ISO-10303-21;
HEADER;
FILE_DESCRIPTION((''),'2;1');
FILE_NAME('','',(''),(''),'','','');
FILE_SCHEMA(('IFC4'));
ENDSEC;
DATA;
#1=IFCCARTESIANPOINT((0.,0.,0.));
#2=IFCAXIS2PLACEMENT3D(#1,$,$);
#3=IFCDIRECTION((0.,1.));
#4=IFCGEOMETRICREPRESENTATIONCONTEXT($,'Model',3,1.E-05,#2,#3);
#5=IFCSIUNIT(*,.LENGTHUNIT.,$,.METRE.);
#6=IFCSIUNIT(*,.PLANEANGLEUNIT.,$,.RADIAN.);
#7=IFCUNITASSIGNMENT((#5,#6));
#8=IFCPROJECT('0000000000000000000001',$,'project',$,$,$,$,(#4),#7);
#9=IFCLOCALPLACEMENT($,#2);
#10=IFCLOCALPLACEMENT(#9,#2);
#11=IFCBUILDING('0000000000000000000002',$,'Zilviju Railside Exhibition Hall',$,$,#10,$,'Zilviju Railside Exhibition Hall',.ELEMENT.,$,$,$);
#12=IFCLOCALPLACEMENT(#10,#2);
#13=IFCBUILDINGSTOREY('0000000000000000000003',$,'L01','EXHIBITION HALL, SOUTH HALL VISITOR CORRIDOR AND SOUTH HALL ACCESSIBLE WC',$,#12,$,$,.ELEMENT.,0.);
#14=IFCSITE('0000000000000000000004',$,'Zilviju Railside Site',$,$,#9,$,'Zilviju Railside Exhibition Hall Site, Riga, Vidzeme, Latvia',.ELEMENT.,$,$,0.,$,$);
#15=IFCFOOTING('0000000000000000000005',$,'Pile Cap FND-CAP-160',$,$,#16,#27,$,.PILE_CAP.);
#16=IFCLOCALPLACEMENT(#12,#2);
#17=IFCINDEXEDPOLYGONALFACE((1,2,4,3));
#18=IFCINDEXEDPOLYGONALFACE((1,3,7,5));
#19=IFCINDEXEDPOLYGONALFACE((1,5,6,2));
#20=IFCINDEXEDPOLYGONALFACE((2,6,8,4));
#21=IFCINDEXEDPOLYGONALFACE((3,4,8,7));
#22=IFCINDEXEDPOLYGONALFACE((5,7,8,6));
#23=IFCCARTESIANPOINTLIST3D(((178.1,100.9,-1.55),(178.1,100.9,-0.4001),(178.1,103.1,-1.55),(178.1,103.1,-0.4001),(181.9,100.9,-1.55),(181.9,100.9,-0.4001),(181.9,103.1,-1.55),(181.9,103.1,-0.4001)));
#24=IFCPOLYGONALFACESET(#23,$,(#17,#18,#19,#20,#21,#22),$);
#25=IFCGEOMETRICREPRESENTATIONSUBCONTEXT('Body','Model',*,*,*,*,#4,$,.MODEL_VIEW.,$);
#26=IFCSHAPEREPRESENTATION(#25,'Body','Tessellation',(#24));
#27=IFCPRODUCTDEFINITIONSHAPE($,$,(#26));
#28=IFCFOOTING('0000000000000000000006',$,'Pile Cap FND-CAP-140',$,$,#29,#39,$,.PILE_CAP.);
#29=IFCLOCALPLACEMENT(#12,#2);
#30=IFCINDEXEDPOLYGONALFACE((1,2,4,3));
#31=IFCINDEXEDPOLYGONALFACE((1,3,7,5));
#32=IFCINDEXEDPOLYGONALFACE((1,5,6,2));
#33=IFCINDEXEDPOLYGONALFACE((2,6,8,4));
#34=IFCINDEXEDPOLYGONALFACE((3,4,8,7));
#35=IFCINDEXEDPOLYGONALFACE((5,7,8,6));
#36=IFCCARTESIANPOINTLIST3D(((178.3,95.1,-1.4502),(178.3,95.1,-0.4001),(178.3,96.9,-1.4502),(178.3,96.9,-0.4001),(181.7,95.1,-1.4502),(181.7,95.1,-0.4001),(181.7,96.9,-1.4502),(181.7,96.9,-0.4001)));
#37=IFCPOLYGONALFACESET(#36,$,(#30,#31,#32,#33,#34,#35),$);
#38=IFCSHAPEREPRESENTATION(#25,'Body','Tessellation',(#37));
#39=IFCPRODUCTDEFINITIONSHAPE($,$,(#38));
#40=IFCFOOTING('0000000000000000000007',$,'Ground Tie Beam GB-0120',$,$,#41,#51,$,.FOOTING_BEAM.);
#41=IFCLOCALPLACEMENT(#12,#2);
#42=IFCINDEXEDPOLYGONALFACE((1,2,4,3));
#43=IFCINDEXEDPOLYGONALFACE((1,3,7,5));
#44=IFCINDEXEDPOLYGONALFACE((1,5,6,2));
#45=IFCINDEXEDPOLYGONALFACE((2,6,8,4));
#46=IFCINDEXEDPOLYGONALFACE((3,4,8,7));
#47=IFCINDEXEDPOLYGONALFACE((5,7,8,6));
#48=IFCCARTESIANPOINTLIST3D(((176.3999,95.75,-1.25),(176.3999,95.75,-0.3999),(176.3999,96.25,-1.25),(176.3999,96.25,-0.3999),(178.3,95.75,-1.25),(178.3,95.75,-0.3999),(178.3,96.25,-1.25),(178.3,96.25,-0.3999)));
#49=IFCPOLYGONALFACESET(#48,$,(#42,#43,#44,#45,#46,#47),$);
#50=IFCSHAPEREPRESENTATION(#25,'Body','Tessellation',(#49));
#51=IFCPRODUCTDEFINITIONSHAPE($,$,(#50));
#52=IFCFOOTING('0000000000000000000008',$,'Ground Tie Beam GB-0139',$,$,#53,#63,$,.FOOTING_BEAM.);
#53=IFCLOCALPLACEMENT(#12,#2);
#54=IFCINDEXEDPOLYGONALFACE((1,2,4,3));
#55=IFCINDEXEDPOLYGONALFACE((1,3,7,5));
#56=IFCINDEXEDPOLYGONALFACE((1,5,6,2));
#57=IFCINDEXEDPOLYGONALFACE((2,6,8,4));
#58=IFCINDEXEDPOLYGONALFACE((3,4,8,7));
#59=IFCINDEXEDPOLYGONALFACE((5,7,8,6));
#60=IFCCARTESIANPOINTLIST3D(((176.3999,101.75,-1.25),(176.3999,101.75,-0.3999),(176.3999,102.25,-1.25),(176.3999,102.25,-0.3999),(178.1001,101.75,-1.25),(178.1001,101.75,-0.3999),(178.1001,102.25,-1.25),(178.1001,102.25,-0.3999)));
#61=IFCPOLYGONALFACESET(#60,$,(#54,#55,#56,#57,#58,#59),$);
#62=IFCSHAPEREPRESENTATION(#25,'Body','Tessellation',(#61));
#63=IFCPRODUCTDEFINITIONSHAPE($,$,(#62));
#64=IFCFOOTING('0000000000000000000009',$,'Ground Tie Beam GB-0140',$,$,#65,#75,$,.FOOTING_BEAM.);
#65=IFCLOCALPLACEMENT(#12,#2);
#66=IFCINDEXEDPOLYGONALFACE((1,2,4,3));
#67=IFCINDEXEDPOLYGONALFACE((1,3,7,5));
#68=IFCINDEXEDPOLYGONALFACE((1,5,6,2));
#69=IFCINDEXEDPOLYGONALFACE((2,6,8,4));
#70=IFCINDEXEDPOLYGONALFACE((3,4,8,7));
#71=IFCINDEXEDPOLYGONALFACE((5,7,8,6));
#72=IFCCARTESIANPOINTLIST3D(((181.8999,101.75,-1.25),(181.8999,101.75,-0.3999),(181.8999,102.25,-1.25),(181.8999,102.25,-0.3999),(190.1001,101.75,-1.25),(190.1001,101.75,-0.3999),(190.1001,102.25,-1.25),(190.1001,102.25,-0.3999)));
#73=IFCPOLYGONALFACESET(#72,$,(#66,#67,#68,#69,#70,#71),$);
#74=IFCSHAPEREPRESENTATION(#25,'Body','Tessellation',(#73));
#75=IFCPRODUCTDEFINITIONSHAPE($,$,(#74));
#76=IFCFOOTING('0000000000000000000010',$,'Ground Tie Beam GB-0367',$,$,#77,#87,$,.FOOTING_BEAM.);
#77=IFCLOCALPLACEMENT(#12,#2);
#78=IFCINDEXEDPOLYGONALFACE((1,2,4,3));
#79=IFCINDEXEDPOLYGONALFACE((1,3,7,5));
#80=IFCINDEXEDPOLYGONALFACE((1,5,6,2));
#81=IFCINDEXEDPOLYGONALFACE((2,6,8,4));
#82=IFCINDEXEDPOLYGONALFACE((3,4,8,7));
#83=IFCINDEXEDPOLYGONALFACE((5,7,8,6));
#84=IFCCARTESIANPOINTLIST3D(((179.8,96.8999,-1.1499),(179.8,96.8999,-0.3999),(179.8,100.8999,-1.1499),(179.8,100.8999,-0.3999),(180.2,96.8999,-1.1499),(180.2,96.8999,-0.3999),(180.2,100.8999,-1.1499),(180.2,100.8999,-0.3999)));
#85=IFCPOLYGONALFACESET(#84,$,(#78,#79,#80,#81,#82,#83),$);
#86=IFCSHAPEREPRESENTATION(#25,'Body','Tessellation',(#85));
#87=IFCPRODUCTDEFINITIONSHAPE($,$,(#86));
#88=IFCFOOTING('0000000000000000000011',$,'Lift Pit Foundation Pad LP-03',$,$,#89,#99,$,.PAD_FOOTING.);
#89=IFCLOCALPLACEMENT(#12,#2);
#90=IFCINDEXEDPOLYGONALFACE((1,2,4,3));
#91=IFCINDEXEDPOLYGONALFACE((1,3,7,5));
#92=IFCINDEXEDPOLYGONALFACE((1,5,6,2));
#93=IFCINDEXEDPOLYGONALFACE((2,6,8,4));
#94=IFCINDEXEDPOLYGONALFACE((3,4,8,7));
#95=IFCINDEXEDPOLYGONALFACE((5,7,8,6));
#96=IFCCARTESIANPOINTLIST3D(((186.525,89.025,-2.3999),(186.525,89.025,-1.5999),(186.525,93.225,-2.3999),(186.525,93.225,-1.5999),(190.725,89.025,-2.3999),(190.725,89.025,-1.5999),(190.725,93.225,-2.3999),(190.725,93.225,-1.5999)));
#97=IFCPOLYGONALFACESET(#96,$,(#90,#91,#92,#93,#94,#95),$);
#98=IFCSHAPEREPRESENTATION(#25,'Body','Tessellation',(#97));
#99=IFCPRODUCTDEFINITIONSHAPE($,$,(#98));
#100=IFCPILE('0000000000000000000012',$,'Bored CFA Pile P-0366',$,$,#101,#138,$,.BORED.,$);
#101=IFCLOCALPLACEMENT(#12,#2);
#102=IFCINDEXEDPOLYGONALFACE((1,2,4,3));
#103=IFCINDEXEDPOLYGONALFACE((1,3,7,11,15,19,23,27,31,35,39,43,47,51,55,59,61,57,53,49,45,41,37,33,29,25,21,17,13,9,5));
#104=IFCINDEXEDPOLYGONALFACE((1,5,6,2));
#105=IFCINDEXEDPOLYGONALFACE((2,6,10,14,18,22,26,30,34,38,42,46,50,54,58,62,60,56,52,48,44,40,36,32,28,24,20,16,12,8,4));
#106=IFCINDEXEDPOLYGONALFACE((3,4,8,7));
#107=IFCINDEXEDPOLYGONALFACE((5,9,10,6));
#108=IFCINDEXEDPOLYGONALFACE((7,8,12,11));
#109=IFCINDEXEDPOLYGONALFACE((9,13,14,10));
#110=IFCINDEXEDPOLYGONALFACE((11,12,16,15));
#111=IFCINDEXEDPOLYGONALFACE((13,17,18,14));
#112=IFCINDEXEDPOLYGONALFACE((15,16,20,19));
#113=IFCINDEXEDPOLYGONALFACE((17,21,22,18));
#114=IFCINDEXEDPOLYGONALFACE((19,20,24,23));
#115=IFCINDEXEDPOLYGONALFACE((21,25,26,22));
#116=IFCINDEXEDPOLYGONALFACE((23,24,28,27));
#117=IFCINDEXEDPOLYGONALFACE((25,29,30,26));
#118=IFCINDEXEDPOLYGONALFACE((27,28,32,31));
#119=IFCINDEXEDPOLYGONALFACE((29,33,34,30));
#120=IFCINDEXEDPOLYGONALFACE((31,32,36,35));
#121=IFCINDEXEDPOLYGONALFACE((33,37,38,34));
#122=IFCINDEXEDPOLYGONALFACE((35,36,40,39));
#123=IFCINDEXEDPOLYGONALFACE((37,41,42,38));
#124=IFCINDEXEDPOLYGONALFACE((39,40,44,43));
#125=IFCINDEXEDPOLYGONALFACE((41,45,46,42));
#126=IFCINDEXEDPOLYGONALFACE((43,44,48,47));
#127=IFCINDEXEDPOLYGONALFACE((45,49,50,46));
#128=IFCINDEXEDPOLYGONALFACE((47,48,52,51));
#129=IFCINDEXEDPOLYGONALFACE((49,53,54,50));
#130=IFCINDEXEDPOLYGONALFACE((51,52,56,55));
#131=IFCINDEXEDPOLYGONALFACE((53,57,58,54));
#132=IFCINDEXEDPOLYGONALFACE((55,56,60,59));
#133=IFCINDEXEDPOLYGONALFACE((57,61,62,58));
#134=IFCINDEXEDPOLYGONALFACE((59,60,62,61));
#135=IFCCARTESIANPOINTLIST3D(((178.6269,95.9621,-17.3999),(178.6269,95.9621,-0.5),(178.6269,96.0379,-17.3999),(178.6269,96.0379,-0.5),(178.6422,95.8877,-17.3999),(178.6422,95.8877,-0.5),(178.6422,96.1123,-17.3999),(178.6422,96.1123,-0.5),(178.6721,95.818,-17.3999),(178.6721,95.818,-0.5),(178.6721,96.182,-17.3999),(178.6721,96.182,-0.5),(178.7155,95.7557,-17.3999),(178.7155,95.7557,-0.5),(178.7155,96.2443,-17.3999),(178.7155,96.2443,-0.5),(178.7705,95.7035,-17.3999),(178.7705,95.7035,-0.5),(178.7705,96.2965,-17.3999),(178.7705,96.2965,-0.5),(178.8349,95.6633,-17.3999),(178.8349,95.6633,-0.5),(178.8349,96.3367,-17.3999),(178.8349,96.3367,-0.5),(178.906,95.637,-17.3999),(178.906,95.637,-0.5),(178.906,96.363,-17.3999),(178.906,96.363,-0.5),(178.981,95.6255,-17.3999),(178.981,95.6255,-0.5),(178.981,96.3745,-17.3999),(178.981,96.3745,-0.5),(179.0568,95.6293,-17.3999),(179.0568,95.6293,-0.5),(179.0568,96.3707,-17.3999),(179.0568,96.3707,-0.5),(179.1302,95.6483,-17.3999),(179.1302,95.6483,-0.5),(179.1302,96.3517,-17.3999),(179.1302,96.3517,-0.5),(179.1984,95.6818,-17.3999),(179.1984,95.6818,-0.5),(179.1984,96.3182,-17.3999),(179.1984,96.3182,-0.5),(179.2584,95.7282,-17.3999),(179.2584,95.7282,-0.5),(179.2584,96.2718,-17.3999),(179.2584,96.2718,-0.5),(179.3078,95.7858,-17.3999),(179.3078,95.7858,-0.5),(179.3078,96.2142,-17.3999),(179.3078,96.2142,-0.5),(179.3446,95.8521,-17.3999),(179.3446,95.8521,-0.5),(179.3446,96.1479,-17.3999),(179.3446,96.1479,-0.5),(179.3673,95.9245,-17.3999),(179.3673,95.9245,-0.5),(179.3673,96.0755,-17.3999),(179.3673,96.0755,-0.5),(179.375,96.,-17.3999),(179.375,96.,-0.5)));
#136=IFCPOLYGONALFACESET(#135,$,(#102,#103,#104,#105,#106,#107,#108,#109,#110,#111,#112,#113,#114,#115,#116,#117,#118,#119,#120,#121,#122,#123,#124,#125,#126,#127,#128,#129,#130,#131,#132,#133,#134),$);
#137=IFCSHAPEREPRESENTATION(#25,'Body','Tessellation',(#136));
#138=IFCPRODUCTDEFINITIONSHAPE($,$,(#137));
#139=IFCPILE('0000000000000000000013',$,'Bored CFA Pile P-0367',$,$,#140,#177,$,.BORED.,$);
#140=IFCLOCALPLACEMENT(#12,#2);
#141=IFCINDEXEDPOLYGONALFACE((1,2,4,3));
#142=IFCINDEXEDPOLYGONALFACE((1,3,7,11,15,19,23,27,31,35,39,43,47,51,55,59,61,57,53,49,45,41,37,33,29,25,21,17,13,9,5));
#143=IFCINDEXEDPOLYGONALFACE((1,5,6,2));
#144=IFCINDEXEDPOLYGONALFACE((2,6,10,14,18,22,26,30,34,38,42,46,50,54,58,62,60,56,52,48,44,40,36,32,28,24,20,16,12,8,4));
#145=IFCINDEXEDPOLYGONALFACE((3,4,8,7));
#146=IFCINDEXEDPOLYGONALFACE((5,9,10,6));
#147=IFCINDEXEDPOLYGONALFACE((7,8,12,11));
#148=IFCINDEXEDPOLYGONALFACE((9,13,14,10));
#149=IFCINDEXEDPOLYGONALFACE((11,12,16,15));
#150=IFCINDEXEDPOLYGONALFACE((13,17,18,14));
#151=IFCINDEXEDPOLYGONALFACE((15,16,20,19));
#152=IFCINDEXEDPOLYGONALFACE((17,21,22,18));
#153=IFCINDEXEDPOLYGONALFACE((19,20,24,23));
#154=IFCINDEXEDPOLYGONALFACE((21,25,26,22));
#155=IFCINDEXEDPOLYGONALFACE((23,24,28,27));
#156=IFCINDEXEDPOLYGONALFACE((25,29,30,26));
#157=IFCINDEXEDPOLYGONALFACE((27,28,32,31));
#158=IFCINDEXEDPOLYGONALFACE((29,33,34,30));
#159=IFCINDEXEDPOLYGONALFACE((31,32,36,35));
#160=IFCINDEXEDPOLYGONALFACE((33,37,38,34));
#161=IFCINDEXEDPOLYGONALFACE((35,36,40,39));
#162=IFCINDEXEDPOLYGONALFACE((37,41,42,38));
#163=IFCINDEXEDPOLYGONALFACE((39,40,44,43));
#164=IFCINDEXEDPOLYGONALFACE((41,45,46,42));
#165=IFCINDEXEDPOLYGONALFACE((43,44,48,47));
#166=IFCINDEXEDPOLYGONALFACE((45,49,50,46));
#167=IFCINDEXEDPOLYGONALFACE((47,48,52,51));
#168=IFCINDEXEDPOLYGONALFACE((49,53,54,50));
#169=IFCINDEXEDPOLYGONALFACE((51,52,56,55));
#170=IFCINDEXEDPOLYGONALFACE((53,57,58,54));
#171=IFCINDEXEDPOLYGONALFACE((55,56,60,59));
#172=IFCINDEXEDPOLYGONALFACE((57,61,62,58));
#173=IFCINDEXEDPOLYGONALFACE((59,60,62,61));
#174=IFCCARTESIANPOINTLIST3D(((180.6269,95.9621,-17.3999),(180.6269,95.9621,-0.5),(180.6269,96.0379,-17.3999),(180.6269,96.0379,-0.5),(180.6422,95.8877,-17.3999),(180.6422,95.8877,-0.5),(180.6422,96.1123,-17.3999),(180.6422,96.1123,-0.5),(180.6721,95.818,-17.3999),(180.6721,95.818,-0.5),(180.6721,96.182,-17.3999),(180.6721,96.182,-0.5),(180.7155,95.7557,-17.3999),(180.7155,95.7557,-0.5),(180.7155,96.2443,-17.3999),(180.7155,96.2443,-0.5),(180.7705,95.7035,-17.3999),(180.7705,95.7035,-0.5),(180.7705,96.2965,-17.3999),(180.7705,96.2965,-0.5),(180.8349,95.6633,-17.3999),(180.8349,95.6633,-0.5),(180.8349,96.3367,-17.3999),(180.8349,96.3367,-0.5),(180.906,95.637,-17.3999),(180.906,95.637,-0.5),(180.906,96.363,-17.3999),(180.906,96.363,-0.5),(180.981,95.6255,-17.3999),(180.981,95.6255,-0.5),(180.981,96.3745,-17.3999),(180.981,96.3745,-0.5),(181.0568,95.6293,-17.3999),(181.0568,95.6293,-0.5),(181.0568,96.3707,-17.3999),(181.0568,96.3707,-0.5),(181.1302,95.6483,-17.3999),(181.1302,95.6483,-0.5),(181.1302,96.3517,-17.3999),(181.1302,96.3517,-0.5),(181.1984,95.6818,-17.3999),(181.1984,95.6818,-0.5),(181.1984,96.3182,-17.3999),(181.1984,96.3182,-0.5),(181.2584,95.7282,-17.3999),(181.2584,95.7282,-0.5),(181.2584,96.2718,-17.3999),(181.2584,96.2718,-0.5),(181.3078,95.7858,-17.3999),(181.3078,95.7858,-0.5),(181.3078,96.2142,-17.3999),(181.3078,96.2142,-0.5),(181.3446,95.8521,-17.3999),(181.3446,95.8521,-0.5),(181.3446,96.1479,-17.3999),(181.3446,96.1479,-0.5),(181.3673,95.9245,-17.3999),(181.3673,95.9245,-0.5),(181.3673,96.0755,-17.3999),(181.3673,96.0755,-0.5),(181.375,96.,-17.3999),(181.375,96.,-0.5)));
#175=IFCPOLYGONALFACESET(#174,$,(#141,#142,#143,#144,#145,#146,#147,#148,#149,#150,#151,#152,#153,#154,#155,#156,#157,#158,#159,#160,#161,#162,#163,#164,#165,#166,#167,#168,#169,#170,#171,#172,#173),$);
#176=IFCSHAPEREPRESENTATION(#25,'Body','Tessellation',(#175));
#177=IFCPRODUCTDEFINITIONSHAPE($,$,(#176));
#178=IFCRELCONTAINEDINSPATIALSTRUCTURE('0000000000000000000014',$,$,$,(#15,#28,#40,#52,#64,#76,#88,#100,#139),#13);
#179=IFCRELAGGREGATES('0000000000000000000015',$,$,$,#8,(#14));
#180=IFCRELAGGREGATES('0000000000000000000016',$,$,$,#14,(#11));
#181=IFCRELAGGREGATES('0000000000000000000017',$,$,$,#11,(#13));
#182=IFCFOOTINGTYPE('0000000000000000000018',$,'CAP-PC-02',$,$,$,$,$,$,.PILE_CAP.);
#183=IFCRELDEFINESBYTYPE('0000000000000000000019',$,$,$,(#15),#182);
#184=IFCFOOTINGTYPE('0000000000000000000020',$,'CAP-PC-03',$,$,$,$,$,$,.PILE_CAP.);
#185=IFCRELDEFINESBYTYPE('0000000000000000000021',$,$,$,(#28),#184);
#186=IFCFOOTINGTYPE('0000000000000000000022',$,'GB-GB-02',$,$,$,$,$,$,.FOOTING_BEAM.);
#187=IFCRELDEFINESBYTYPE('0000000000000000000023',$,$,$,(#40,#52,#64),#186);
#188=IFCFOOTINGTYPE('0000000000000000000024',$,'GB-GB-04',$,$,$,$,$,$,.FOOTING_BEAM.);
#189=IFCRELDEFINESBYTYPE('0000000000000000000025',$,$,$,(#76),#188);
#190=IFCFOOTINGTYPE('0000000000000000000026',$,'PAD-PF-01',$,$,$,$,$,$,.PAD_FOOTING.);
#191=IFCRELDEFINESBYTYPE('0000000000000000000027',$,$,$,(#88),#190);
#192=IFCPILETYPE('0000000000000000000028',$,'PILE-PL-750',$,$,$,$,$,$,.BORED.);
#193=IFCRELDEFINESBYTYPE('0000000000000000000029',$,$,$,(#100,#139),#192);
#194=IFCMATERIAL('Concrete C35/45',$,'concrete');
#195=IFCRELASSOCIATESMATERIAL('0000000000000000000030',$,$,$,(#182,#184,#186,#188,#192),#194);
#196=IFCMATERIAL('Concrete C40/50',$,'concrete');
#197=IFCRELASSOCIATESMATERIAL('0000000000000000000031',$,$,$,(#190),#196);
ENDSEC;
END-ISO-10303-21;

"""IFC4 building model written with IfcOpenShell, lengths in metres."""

from ifc_helpers import new_model, si_unit, direction, frame, origin, origin_2d, place, context, subcontext, project, spatial, rectangle, circle, extrude, material, material_profile, profile_set, type_object, element, save


model = new_model("IFC4")

# Units and contexts
model_context = context("Model", 3, precision=1e-05, world=origin(), true_north=direction((0.0, 1.0)))
body_context = subcontext(model_context, "Body", "Model", "MODEL_VIEW")
ifc_project = project(units=[si_unit("LENGTHUNIT", "METRE"), si_unit("PLANEANGLEUNIT", "RADIAN")], contexts=[model_context])

# Site, building, storey
site_placement = place(None, origin())
site = spatial("IfcSite", under=ifc_project, at=site_placement, Name="Zilviju Railside Site", LongName="Zilviju Railside Exhibition Hall Site, Riga, Vidzeme, Latvia", CompositionType="ELEMENT", RefElevation=0.0)
building_placement = place(site_placement, origin())
building = spatial("IfcBuilding", under=site, at=building_placement, Name="Zilviju Railside Exhibition Hall", LongName="Zilviju Railside Exhibition Hall", CompositionType="ELEMENT")
storey_placement = place(building_placement, origin())
storey = spatial("IfcBuildingStorey", under=building, at=storey_placement, Name="L01", Description="EXHIBITION HALL, SOUTH HALL VISITOR CORRIDOR AND SOUTH HALL ACCESSIBLE WC", CompositionType="ELEMENT", Elevation=0.0)

# Footings
ifc_material_1 = material(Name="Concrete C35/45", Category="concrete")
footing_type_1 = type_object("IfcFootingType", Name="CAP-PC-02", PredefinedType="PILE_CAP", material=ifc_material_1)
footing_1_placement = place(storey_placement, frame((180.0, 102.0, -1.55), z_axis=(0.0, 0.0, 1.0), x_axis=(1.0, 0.0, 0.0)))
element("IfcFooting", 1, at=footing_1_placement, inside=storey, type_object=footing_type_1, Name="Pile Cap FND-CAP-160", PredefinedType="PILE_CAP", context=body_context, shape_type="SweptSolid", body=[
    extrude(rectangle(XDim=3.8, YDim=2.2, at=origin_2d()), origin(), (0.0, 0.0, 1.0), 1.1499),
])
footing_type_2 = type_object("IfcFootingType", Name="CAP-PC-03", PredefinedType="PILE_CAP", material=ifc_material_1)
footing_2_placement = place(storey_placement, frame((180.0, 96.0, -1.4502), z_axis=(0.0, 0.0, 1.0), x_axis=(1.0, 0.0, 0.0)))
element("IfcFooting", 2, at=footing_2_placement, inside=storey, type_object=footing_type_2, Name="Pile Cap FND-CAP-140", PredefinedType="PILE_CAP", context=body_context, shape_type="SweptSolid", body=[
    extrude(rectangle(XDim=3.3999, YDim=1.8, at=origin_2d()), origin(), (0.0, 0.0, 1.0), 1.05),
])
ifc_material_profile_1 = material_profile(ifc_material_1, rectangle(XDim=0.5, YDim=0.8501, at=origin_2d()), Name="TIE BEAM 500x850")
ifc_profile_set_1 = profile_set([ifc_material_profile_1], Name="Concrete C35/45")
footing_type_3 = type_object("IfcFootingType", Name="GB-GB-02", PredefinedType="FOOTING_BEAM", material=ifc_profile_set_1)
footing_3_placement = place(storey_placement, frame((176.3999, 96.0, -0.825), z_axis=(1.0, 0.0, 0.0), x_axis=(0.0, 1.0, 0.0)))
element("IfcFooting", 3, at=footing_3_placement, inside=storey, type_object=footing_type_3, Name="Ground Tie Beam GB-0120", PredefinedType="FOOTING_BEAM", context=body_context, shape_type="SweptSolid", body=[
    extrude(rectangle(XDim=0.5, YDim=0.8501, at=origin_2d()), origin(), (0.0, 0.0, 1.0), 1.9001),
])
footing_4_placement = place(storey_placement, frame((176.3999, 102.0, -0.825), z_axis=(1.0, 0.0, 0.0), x_axis=(0.0, 1.0, 0.0)))
element("IfcFooting", 4, at=footing_4_placement, inside=storey, type_object=footing_type_3, Name="Ground Tie Beam GB-0139", PredefinedType="FOOTING_BEAM", context=body_context, shape_type="SweptSolid", body=[
    extrude(rectangle(XDim=0.5, YDim=0.8501, at=origin_2d()), origin(), (0.0, 0.0, 1.0), 1.7002),
])
footing_5_placement = place(storey_placement, frame((181.8999, 102.0, -0.825), z_axis=(1.0, 0.0, 0.0), x_axis=(0.0, 1.0, 0.0)))
element("IfcFooting", 5, at=footing_5_placement, inside=storey, type_object=footing_type_3, Name="Ground Tie Beam GB-0140", PredefinedType="FOOTING_BEAM", context=body_context, shape_type="SweptSolid", body=[
    extrude(rectangle(XDim=0.5, YDim=0.8501, at=origin_2d()), origin(), (0.0, 0.0, 1.0), 8.2002),
])
ifc_material_profile_2 = material_profile(ifc_material_1, rectangle(XDim=0.3999, YDim=0.75, at=origin_2d()), Name="TIE BEAM 400x750")
ifc_profile_set_2 = profile_set([ifc_material_profile_2], Name="Concrete C35/45")
footing_type_4 = type_object("IfcFootingType", Name="GB-GB-04", PredefinedType="FOOTING_BEAM", material=ifc_profile_set_2)
footing_6_placement = place(storey_placement, frame((180.0, 96.8999, -0.7749), z_axis=(0.0, 1.0, 0.0), x_axis=(-1.0, 0.0, 0.0)))
element("IfcFooting", 6, at=footing_6_placement, inside=storey, type_object=footing_type_4, Name="Ground Tie Beam GB-0367", PredefinedType="FOOTING_BEAM", context=body_context, shape_type="SweptSolid", body=[
    extrude(rectangle(XDim=0.3999, YDim=0.75, at=origin_2d()), origin(), (0.0, 0.0, 1.0), 4.0),
])
ifc_material_2 = material(Name="Concrete C40/50", Category="concrete")
footing_type_5 = type_object("IfcFootingType", Name="PAD-PF-01", PredefinedType="PAD_FOOTING", material=ifc_material_2)
footing_7_placement = place(storey_placement, frame((188.625, 91.125, -2.3999), z_axis=(0.0, 0.0, 1.0), x_axis=(1.0, 0.0, 0.0)))
element("IfcFooting", 7, at=footing_7_placement, inside=storey, type_object=footing_type_5, Name="Lift Pit Foundation Pad LP-03", PredefinedType="PAD_FOOTING", context=body_context, shape_type="SweptSolid", body=[
    extrude(rectangle(XDim=4.2, YDim=4.2, at=origin_2d()), origin(), (0.0, 0.0, 1.0), 0.8),
])

# Piles
ifc_material_profile_3 = material_profile(ifc_material_1, circle(Radius=0.375, at=origin_2d()), Name="CFA PILE D750")
ifc_profile_set_3 = profile_set([ifc_material_profile_3], Name="Concrete C35/45")
pile_type_1 = type_object("IfcPileType", Name="PILE-PL-750", PredefinedType="BORED", material=ifc_profile_set_3)
for number, where, z_axis, x_axis, name in (
    (8, (179.0, 96.0, -0.5), (0.0, 0.0, -1.0), (1.0, 0.0, 0.0), "Bored CFA Pile P-0366"),
    (9, (181.0, 96.0, -0.5), (0.0, 0.0, -1.0), (1.0, 0.0, 0.0), "Bored CFA Pile P-0367"),
):
    element("IfcPile", number, at=place(storey_placement, frame(where, z_axis=z_axis, x_axis=x_axis)), inside=storey, type_object=pile_type_1, Name=name, PredefinedType="BORED", context=body_context, shape_type="SweptSolid", body=[
        extrude(circle(Radius=0.375, at=origin_2d()), origin(), (0.0, 0.0, 1.0), 16.8999),
    ])

save(model, "model.ifc")
